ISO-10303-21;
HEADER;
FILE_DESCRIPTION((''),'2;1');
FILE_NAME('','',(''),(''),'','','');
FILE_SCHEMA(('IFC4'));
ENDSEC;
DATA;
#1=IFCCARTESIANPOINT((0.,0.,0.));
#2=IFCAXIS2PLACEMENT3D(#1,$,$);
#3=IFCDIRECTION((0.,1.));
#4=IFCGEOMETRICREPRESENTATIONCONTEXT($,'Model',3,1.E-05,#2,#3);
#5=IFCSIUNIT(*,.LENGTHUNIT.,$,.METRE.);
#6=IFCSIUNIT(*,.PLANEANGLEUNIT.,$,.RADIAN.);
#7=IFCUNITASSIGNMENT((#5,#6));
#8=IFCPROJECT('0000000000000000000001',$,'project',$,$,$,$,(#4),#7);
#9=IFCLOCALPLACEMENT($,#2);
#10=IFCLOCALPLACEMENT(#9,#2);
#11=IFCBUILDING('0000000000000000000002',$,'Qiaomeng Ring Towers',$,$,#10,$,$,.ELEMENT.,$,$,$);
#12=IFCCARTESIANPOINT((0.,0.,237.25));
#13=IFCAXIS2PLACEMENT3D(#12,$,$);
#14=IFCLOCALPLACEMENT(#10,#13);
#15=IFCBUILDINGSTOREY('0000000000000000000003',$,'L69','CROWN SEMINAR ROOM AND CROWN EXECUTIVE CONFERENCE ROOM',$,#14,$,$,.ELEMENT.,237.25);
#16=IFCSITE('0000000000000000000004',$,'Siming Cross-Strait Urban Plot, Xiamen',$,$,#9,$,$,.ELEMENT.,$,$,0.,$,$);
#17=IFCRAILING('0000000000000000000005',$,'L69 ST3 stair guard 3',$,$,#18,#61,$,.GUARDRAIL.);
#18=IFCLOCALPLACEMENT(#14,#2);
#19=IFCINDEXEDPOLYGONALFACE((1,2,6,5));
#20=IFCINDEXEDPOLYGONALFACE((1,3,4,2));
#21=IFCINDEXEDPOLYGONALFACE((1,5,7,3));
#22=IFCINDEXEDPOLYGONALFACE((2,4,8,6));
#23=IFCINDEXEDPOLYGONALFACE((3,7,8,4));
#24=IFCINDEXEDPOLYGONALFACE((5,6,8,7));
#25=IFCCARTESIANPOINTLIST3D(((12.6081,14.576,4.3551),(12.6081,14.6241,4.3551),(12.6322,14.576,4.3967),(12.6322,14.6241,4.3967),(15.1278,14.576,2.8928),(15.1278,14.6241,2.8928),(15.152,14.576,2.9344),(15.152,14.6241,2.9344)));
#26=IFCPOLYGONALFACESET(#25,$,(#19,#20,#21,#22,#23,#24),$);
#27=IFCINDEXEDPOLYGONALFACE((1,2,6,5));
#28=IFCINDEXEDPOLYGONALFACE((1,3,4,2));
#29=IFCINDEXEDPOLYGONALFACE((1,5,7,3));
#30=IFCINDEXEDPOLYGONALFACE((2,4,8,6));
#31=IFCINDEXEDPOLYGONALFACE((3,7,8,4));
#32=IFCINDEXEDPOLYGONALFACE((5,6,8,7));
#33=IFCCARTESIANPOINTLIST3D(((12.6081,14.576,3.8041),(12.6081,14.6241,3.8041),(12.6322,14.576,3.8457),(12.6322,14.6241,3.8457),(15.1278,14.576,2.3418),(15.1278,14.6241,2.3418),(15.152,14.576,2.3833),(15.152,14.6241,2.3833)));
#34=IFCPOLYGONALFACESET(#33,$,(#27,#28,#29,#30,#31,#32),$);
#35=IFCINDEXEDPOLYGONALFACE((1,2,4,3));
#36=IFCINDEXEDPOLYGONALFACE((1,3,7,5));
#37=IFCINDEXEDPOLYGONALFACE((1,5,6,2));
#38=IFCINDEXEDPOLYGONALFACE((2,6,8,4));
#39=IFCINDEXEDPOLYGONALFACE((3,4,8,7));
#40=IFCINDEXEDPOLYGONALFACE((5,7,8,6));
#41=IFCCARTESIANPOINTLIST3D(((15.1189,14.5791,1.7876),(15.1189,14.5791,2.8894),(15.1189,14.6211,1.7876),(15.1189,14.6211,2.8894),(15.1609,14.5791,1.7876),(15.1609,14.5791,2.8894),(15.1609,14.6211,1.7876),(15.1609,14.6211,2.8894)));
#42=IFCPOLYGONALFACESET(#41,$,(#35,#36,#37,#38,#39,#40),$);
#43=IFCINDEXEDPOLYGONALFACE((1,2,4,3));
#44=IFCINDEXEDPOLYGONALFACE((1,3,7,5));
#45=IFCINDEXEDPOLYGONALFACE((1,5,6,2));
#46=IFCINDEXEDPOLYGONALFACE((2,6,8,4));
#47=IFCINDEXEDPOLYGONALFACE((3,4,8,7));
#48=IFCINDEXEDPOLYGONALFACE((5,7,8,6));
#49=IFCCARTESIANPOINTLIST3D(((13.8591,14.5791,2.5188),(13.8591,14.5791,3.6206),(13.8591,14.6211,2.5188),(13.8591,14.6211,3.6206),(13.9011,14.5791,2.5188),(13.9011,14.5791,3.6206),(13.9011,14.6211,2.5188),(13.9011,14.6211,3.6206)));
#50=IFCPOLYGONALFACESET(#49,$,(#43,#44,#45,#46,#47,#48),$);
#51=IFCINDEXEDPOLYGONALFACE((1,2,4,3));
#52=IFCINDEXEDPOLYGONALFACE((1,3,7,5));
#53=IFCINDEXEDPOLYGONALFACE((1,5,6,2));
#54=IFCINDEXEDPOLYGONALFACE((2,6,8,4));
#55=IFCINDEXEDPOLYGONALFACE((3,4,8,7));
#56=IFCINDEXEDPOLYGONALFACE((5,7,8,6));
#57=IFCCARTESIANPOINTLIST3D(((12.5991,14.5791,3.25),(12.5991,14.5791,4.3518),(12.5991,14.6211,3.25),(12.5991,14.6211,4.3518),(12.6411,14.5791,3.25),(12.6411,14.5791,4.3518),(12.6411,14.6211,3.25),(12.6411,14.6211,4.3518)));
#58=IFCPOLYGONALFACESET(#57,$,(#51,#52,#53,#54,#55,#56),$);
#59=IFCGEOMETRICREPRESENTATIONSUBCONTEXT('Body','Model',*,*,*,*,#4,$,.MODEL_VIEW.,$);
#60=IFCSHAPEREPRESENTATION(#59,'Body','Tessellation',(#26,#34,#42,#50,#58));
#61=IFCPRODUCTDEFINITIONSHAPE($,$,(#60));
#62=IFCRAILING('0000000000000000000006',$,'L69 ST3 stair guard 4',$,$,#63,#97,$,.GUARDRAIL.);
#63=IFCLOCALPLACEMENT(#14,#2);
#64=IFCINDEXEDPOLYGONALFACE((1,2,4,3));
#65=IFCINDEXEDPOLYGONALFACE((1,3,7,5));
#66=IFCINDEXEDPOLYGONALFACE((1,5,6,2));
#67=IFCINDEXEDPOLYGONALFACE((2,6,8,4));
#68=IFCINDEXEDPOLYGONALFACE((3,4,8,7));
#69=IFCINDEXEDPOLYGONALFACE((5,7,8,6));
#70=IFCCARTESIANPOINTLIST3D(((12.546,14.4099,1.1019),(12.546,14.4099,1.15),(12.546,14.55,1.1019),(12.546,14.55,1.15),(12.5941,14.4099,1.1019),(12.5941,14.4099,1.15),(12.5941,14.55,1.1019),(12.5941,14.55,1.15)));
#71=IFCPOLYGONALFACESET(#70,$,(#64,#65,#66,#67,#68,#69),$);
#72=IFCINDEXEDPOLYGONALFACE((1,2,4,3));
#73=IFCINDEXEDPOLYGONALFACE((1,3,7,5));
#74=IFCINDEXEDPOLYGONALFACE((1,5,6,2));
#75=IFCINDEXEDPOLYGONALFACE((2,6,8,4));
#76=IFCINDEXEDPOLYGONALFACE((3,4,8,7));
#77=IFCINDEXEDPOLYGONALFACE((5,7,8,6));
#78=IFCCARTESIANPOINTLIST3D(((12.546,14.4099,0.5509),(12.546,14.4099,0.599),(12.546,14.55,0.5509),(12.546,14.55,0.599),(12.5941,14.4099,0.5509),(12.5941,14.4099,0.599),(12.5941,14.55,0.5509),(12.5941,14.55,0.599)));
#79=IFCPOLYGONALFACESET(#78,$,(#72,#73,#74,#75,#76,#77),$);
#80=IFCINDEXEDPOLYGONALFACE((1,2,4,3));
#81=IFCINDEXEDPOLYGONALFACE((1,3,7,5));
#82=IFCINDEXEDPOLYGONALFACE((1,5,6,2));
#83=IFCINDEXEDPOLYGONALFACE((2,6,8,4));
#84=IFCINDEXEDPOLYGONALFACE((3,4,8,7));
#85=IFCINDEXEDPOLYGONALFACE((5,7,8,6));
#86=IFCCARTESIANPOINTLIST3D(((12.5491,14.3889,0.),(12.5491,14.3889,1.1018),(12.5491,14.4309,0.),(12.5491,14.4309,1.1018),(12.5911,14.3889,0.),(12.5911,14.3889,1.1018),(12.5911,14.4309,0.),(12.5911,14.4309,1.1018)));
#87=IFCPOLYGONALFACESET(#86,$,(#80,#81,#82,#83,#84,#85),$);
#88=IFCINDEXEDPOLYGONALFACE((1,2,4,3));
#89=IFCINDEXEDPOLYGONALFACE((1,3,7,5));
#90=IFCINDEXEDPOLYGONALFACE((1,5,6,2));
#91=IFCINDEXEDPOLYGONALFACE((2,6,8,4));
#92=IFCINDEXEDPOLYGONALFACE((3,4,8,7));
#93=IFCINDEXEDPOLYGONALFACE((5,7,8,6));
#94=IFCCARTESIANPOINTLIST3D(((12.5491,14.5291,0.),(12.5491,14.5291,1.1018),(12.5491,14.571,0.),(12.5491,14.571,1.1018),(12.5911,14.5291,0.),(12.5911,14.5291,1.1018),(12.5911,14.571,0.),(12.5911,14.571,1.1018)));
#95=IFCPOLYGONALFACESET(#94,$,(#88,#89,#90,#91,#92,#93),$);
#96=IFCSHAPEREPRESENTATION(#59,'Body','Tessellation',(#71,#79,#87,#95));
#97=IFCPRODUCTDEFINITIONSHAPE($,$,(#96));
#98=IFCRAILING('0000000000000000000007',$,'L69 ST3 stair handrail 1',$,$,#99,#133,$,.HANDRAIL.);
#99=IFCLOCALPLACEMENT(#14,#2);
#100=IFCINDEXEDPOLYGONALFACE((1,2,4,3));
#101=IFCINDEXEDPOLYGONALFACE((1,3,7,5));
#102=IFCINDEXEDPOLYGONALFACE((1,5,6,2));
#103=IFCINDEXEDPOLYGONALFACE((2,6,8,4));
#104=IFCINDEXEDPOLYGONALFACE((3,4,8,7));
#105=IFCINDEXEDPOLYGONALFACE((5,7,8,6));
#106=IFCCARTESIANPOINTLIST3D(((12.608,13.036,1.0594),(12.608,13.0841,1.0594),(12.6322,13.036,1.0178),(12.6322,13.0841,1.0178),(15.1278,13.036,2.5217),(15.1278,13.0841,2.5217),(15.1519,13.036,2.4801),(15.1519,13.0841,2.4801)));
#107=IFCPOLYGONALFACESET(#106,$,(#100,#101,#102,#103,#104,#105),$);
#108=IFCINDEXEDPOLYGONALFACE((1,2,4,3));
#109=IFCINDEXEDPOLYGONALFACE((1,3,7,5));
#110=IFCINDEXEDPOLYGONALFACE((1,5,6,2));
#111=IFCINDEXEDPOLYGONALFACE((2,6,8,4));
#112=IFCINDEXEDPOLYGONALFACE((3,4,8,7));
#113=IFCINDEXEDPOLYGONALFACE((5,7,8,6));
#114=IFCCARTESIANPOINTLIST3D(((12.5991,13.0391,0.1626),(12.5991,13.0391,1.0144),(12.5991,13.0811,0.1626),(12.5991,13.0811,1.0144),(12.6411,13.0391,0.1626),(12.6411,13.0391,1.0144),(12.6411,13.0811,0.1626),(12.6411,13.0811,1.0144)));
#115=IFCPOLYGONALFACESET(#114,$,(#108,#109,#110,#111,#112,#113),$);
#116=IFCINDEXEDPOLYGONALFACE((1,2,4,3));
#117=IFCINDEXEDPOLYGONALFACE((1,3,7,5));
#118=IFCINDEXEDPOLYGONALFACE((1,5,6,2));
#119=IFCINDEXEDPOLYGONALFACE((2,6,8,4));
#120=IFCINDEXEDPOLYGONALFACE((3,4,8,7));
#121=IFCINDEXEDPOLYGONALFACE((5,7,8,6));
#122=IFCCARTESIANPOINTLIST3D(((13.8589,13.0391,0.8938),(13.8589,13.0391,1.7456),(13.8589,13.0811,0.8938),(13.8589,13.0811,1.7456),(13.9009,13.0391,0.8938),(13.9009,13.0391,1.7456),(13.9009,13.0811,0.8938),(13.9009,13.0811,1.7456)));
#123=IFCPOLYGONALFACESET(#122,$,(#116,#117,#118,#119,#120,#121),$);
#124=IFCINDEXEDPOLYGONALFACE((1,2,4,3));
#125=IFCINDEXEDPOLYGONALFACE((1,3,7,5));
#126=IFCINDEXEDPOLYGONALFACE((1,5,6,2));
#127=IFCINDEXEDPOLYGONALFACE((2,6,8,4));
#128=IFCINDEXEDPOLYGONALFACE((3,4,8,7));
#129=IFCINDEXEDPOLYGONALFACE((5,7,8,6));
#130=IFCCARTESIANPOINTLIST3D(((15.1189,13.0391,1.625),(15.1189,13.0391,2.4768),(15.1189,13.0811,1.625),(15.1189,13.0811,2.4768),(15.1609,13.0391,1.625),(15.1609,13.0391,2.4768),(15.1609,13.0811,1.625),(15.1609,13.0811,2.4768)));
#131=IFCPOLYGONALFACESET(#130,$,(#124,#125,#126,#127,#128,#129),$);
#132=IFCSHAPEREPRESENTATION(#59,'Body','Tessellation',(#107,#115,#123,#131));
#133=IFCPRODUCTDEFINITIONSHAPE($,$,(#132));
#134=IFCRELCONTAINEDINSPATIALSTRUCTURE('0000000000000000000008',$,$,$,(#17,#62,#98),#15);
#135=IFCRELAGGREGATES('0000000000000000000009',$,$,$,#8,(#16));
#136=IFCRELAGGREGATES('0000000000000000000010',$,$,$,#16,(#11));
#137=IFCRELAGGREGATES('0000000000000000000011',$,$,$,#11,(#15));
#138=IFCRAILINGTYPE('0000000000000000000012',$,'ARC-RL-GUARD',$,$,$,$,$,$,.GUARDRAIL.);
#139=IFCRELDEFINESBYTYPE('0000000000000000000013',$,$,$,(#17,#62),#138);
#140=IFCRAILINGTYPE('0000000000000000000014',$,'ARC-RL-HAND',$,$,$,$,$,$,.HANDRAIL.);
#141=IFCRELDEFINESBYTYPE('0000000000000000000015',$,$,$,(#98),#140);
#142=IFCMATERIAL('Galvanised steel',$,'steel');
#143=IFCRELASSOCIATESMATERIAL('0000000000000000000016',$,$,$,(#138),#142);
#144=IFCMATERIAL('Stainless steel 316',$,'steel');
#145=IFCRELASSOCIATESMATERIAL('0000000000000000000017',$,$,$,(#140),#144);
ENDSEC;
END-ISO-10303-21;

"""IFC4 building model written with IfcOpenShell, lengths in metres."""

from ifc_helpers import new_model, si_unit, direction, frame, origin, origin_2d, place, context, subcontext, project, spatial, rectangle, extrude, material, type_object, element, save


model = new_model("IFC4")

# Units and contexts
model_context = context("Model", 3, precision=1e-05, world=origin(), true_north=direction((0.0, 1.0)))
body_context = subcontext(model_context, "Body", "Model", "MODEL_VIEW")
ifc_project = project(units=[si_unit("LENGTHUNIT", "METRE"), si_unit("PLANEANGLEUNIT", "RADIAN")], contexts=[model_context])

# Site, building, storey
site_placement = place(None, origin())
site = spatial("IfcSite", under=ifc_project, at=site_placement, Name="Siming Cross-Strait Urban Plot, Xiamen", CompositionType="ELEMENT", RefElevation=0.0)
building_placement = place(site_placement, origin())
building = spatial("IfcBuilding", under=site, at=building_placement, Name="Qiaomeng Ring Towers", CompositionType="ELEMENT")
storey_placement = place(building_placement, frame((0.0, 0.0, 237.25)))
storey = spatial("IfcBuildingStorey", under=building, at=storey_placement, Name="L69", Description="CROWN SEMINAR ROOM AND CROWN EXECUTIVE CONFERENCE ROOM", CompositionType="ELEMENT", Elevation=237.25)

# Shared definitions
ifc_material_1 = material(Name="Galvanised steel", Category="steel")

# Railings
railing_type_1 = type_object("IfcRailingType", Name="ARC-RL-GUARD", PredefinedType="GUARDRAIL", material=ifc_material_1)
railing_1_placement = place(storey_placement, frame((15.1399, 14.6001, 1.7876)))
element("IfcRailing", 1, at=railing_1_placement, inside=storey, type_object=railing_type_1, Name="L69 ST3 stair guard 3", PredefinedType="GUARDRAIL", context=body_context, shape_type="SweptSolid", body=[
    extrude(rectangle(XDim=0.0481, YDim=0.0481, at=origin_2d()), frame((0.0, 0.0, 1.126), z_axis=(-0.864892, 0.0, 0.501958), x_axis=(0.0, -1.0, 0.0)), (0.0, 0.0, 1.0), 2.9133),
    extrude(rectangle(XDim=0.0481, YDim=0.0481, at=origin_2d()), frame((0.0, 0.0, 0.575), z_axis=(-0.864892, 0.0, 0.501958), x_axis=(0.0, -1.0, 0.0)), (0.0, 0.0, 1.0), 2.9133),
    extrude(rectangle(XDim=0.042, YDim=0.042, at=origin_2d()), origin(), (0.0, 0.0, 1.0), 1.1018),
    extrude(rectangle(XDim=0.042, YDim=0.042, at=origin_2d()), frame((-1.2598, 0.0, 0.7312)), (0.0, 0.0, 1.0), 1.1018),
    extrude(rectangle(XDim=0.042, YDim=0.042, at=origin_2d()), frame((-2.5198, 0.0, 1.4624)), (0.0, 0.0, 1.0), 1.1018),
])
railing_2_placement = place(storey_placement, frame((12.5701, 14.4099, 0.0)))
element("IfcRailing", 2, at=railing_2_placement, inside=storey, type_object=railing_type_1, Name="L69 ST3 stair guard 4", PredefinedType="GUARDRAIL", context=body_context, shape_type="SweptSolid", body=[
    extrude(rectangle(XDim=0.0481, YDim=0.0481, at=origin_2d()), frame((0.0, 0.0, 1.126), z_axis=(0.0, 1.0, 0.0), x_axis=(-1.0, 0.0, 0.0)), (0.0, 0.0, 1.0), 0.1401),
    extrude(rectangle(XDim=0.0481, YDim=0.0481, at=origin_2d()), frame((0.0, 0.0, 0.575), z_axis=(0.0, 1.0, 0.0), x_axis=(-1.0, 0.0, 0.0)), (0.0, 0.0, 1.0), 0.1401),
    extrude(rectangle(XDim=0.042, YDim=0.042, at=origin_2d()), origin(), (0.0, 0.0, 1.0), 1.1018),
    extrude(rectangle(XDim=0.042, YDim=0.042, at=origin_2d()), frame((0.0, 0.1401, 0.0)), (0.0, 0.0, 1.0), 1.1018),
])
ifc_material_2 = material(Name="Stainless steel 316", Category="steel")
railing_type_2 = type_object("IfcRailingType", Name="ARC-RL-HAND", PredefinedType="HANDRAIL", material=ifc_material_2)
railing_3_placement = place(storey_placement, frame((12.6201, 13.0601, 0.1626)))
element("IfcRailing", 3, at=railing_3_placement, inside=storey, type_object=railing_type_2, Name="L69 ST3 stair handrail 1", PredefinedType="HANDRAIL", context=body_context, shape_type="SweptSolid", body=[
    extrude(rectangle(XDim=0.0481, YDim=0.0481, at=origin_2d()), frame((0.0, 0.0, 0.876), z_axis=(0.864892, 0.0, 0.501958), x_axis=(0.0, 1.0, 0.0)), (0.0, 0.0, 1.0), 2.9133),
    extrude(rectangle(XDim=0.042, YDim=0.042, at=origin_2d()), origin(), (0.0, 0.0, 1.0), 0.8518),
    extrude(rectangle(XDim=0.042, YDim=0.042, at=origin_2d()), frame((1.2598, 0.0, 0.7312)), (0.0, 0.0, 1.0), 0.8518),
    extrude(rectangle(XDim=0.042, YDim=0.042, at=origin_2d()), frame((2.5198, 0.0, 1.4624)), (0.0, 0.0, 1.0), 0.8518),
])

save(model, "model.ifc")
